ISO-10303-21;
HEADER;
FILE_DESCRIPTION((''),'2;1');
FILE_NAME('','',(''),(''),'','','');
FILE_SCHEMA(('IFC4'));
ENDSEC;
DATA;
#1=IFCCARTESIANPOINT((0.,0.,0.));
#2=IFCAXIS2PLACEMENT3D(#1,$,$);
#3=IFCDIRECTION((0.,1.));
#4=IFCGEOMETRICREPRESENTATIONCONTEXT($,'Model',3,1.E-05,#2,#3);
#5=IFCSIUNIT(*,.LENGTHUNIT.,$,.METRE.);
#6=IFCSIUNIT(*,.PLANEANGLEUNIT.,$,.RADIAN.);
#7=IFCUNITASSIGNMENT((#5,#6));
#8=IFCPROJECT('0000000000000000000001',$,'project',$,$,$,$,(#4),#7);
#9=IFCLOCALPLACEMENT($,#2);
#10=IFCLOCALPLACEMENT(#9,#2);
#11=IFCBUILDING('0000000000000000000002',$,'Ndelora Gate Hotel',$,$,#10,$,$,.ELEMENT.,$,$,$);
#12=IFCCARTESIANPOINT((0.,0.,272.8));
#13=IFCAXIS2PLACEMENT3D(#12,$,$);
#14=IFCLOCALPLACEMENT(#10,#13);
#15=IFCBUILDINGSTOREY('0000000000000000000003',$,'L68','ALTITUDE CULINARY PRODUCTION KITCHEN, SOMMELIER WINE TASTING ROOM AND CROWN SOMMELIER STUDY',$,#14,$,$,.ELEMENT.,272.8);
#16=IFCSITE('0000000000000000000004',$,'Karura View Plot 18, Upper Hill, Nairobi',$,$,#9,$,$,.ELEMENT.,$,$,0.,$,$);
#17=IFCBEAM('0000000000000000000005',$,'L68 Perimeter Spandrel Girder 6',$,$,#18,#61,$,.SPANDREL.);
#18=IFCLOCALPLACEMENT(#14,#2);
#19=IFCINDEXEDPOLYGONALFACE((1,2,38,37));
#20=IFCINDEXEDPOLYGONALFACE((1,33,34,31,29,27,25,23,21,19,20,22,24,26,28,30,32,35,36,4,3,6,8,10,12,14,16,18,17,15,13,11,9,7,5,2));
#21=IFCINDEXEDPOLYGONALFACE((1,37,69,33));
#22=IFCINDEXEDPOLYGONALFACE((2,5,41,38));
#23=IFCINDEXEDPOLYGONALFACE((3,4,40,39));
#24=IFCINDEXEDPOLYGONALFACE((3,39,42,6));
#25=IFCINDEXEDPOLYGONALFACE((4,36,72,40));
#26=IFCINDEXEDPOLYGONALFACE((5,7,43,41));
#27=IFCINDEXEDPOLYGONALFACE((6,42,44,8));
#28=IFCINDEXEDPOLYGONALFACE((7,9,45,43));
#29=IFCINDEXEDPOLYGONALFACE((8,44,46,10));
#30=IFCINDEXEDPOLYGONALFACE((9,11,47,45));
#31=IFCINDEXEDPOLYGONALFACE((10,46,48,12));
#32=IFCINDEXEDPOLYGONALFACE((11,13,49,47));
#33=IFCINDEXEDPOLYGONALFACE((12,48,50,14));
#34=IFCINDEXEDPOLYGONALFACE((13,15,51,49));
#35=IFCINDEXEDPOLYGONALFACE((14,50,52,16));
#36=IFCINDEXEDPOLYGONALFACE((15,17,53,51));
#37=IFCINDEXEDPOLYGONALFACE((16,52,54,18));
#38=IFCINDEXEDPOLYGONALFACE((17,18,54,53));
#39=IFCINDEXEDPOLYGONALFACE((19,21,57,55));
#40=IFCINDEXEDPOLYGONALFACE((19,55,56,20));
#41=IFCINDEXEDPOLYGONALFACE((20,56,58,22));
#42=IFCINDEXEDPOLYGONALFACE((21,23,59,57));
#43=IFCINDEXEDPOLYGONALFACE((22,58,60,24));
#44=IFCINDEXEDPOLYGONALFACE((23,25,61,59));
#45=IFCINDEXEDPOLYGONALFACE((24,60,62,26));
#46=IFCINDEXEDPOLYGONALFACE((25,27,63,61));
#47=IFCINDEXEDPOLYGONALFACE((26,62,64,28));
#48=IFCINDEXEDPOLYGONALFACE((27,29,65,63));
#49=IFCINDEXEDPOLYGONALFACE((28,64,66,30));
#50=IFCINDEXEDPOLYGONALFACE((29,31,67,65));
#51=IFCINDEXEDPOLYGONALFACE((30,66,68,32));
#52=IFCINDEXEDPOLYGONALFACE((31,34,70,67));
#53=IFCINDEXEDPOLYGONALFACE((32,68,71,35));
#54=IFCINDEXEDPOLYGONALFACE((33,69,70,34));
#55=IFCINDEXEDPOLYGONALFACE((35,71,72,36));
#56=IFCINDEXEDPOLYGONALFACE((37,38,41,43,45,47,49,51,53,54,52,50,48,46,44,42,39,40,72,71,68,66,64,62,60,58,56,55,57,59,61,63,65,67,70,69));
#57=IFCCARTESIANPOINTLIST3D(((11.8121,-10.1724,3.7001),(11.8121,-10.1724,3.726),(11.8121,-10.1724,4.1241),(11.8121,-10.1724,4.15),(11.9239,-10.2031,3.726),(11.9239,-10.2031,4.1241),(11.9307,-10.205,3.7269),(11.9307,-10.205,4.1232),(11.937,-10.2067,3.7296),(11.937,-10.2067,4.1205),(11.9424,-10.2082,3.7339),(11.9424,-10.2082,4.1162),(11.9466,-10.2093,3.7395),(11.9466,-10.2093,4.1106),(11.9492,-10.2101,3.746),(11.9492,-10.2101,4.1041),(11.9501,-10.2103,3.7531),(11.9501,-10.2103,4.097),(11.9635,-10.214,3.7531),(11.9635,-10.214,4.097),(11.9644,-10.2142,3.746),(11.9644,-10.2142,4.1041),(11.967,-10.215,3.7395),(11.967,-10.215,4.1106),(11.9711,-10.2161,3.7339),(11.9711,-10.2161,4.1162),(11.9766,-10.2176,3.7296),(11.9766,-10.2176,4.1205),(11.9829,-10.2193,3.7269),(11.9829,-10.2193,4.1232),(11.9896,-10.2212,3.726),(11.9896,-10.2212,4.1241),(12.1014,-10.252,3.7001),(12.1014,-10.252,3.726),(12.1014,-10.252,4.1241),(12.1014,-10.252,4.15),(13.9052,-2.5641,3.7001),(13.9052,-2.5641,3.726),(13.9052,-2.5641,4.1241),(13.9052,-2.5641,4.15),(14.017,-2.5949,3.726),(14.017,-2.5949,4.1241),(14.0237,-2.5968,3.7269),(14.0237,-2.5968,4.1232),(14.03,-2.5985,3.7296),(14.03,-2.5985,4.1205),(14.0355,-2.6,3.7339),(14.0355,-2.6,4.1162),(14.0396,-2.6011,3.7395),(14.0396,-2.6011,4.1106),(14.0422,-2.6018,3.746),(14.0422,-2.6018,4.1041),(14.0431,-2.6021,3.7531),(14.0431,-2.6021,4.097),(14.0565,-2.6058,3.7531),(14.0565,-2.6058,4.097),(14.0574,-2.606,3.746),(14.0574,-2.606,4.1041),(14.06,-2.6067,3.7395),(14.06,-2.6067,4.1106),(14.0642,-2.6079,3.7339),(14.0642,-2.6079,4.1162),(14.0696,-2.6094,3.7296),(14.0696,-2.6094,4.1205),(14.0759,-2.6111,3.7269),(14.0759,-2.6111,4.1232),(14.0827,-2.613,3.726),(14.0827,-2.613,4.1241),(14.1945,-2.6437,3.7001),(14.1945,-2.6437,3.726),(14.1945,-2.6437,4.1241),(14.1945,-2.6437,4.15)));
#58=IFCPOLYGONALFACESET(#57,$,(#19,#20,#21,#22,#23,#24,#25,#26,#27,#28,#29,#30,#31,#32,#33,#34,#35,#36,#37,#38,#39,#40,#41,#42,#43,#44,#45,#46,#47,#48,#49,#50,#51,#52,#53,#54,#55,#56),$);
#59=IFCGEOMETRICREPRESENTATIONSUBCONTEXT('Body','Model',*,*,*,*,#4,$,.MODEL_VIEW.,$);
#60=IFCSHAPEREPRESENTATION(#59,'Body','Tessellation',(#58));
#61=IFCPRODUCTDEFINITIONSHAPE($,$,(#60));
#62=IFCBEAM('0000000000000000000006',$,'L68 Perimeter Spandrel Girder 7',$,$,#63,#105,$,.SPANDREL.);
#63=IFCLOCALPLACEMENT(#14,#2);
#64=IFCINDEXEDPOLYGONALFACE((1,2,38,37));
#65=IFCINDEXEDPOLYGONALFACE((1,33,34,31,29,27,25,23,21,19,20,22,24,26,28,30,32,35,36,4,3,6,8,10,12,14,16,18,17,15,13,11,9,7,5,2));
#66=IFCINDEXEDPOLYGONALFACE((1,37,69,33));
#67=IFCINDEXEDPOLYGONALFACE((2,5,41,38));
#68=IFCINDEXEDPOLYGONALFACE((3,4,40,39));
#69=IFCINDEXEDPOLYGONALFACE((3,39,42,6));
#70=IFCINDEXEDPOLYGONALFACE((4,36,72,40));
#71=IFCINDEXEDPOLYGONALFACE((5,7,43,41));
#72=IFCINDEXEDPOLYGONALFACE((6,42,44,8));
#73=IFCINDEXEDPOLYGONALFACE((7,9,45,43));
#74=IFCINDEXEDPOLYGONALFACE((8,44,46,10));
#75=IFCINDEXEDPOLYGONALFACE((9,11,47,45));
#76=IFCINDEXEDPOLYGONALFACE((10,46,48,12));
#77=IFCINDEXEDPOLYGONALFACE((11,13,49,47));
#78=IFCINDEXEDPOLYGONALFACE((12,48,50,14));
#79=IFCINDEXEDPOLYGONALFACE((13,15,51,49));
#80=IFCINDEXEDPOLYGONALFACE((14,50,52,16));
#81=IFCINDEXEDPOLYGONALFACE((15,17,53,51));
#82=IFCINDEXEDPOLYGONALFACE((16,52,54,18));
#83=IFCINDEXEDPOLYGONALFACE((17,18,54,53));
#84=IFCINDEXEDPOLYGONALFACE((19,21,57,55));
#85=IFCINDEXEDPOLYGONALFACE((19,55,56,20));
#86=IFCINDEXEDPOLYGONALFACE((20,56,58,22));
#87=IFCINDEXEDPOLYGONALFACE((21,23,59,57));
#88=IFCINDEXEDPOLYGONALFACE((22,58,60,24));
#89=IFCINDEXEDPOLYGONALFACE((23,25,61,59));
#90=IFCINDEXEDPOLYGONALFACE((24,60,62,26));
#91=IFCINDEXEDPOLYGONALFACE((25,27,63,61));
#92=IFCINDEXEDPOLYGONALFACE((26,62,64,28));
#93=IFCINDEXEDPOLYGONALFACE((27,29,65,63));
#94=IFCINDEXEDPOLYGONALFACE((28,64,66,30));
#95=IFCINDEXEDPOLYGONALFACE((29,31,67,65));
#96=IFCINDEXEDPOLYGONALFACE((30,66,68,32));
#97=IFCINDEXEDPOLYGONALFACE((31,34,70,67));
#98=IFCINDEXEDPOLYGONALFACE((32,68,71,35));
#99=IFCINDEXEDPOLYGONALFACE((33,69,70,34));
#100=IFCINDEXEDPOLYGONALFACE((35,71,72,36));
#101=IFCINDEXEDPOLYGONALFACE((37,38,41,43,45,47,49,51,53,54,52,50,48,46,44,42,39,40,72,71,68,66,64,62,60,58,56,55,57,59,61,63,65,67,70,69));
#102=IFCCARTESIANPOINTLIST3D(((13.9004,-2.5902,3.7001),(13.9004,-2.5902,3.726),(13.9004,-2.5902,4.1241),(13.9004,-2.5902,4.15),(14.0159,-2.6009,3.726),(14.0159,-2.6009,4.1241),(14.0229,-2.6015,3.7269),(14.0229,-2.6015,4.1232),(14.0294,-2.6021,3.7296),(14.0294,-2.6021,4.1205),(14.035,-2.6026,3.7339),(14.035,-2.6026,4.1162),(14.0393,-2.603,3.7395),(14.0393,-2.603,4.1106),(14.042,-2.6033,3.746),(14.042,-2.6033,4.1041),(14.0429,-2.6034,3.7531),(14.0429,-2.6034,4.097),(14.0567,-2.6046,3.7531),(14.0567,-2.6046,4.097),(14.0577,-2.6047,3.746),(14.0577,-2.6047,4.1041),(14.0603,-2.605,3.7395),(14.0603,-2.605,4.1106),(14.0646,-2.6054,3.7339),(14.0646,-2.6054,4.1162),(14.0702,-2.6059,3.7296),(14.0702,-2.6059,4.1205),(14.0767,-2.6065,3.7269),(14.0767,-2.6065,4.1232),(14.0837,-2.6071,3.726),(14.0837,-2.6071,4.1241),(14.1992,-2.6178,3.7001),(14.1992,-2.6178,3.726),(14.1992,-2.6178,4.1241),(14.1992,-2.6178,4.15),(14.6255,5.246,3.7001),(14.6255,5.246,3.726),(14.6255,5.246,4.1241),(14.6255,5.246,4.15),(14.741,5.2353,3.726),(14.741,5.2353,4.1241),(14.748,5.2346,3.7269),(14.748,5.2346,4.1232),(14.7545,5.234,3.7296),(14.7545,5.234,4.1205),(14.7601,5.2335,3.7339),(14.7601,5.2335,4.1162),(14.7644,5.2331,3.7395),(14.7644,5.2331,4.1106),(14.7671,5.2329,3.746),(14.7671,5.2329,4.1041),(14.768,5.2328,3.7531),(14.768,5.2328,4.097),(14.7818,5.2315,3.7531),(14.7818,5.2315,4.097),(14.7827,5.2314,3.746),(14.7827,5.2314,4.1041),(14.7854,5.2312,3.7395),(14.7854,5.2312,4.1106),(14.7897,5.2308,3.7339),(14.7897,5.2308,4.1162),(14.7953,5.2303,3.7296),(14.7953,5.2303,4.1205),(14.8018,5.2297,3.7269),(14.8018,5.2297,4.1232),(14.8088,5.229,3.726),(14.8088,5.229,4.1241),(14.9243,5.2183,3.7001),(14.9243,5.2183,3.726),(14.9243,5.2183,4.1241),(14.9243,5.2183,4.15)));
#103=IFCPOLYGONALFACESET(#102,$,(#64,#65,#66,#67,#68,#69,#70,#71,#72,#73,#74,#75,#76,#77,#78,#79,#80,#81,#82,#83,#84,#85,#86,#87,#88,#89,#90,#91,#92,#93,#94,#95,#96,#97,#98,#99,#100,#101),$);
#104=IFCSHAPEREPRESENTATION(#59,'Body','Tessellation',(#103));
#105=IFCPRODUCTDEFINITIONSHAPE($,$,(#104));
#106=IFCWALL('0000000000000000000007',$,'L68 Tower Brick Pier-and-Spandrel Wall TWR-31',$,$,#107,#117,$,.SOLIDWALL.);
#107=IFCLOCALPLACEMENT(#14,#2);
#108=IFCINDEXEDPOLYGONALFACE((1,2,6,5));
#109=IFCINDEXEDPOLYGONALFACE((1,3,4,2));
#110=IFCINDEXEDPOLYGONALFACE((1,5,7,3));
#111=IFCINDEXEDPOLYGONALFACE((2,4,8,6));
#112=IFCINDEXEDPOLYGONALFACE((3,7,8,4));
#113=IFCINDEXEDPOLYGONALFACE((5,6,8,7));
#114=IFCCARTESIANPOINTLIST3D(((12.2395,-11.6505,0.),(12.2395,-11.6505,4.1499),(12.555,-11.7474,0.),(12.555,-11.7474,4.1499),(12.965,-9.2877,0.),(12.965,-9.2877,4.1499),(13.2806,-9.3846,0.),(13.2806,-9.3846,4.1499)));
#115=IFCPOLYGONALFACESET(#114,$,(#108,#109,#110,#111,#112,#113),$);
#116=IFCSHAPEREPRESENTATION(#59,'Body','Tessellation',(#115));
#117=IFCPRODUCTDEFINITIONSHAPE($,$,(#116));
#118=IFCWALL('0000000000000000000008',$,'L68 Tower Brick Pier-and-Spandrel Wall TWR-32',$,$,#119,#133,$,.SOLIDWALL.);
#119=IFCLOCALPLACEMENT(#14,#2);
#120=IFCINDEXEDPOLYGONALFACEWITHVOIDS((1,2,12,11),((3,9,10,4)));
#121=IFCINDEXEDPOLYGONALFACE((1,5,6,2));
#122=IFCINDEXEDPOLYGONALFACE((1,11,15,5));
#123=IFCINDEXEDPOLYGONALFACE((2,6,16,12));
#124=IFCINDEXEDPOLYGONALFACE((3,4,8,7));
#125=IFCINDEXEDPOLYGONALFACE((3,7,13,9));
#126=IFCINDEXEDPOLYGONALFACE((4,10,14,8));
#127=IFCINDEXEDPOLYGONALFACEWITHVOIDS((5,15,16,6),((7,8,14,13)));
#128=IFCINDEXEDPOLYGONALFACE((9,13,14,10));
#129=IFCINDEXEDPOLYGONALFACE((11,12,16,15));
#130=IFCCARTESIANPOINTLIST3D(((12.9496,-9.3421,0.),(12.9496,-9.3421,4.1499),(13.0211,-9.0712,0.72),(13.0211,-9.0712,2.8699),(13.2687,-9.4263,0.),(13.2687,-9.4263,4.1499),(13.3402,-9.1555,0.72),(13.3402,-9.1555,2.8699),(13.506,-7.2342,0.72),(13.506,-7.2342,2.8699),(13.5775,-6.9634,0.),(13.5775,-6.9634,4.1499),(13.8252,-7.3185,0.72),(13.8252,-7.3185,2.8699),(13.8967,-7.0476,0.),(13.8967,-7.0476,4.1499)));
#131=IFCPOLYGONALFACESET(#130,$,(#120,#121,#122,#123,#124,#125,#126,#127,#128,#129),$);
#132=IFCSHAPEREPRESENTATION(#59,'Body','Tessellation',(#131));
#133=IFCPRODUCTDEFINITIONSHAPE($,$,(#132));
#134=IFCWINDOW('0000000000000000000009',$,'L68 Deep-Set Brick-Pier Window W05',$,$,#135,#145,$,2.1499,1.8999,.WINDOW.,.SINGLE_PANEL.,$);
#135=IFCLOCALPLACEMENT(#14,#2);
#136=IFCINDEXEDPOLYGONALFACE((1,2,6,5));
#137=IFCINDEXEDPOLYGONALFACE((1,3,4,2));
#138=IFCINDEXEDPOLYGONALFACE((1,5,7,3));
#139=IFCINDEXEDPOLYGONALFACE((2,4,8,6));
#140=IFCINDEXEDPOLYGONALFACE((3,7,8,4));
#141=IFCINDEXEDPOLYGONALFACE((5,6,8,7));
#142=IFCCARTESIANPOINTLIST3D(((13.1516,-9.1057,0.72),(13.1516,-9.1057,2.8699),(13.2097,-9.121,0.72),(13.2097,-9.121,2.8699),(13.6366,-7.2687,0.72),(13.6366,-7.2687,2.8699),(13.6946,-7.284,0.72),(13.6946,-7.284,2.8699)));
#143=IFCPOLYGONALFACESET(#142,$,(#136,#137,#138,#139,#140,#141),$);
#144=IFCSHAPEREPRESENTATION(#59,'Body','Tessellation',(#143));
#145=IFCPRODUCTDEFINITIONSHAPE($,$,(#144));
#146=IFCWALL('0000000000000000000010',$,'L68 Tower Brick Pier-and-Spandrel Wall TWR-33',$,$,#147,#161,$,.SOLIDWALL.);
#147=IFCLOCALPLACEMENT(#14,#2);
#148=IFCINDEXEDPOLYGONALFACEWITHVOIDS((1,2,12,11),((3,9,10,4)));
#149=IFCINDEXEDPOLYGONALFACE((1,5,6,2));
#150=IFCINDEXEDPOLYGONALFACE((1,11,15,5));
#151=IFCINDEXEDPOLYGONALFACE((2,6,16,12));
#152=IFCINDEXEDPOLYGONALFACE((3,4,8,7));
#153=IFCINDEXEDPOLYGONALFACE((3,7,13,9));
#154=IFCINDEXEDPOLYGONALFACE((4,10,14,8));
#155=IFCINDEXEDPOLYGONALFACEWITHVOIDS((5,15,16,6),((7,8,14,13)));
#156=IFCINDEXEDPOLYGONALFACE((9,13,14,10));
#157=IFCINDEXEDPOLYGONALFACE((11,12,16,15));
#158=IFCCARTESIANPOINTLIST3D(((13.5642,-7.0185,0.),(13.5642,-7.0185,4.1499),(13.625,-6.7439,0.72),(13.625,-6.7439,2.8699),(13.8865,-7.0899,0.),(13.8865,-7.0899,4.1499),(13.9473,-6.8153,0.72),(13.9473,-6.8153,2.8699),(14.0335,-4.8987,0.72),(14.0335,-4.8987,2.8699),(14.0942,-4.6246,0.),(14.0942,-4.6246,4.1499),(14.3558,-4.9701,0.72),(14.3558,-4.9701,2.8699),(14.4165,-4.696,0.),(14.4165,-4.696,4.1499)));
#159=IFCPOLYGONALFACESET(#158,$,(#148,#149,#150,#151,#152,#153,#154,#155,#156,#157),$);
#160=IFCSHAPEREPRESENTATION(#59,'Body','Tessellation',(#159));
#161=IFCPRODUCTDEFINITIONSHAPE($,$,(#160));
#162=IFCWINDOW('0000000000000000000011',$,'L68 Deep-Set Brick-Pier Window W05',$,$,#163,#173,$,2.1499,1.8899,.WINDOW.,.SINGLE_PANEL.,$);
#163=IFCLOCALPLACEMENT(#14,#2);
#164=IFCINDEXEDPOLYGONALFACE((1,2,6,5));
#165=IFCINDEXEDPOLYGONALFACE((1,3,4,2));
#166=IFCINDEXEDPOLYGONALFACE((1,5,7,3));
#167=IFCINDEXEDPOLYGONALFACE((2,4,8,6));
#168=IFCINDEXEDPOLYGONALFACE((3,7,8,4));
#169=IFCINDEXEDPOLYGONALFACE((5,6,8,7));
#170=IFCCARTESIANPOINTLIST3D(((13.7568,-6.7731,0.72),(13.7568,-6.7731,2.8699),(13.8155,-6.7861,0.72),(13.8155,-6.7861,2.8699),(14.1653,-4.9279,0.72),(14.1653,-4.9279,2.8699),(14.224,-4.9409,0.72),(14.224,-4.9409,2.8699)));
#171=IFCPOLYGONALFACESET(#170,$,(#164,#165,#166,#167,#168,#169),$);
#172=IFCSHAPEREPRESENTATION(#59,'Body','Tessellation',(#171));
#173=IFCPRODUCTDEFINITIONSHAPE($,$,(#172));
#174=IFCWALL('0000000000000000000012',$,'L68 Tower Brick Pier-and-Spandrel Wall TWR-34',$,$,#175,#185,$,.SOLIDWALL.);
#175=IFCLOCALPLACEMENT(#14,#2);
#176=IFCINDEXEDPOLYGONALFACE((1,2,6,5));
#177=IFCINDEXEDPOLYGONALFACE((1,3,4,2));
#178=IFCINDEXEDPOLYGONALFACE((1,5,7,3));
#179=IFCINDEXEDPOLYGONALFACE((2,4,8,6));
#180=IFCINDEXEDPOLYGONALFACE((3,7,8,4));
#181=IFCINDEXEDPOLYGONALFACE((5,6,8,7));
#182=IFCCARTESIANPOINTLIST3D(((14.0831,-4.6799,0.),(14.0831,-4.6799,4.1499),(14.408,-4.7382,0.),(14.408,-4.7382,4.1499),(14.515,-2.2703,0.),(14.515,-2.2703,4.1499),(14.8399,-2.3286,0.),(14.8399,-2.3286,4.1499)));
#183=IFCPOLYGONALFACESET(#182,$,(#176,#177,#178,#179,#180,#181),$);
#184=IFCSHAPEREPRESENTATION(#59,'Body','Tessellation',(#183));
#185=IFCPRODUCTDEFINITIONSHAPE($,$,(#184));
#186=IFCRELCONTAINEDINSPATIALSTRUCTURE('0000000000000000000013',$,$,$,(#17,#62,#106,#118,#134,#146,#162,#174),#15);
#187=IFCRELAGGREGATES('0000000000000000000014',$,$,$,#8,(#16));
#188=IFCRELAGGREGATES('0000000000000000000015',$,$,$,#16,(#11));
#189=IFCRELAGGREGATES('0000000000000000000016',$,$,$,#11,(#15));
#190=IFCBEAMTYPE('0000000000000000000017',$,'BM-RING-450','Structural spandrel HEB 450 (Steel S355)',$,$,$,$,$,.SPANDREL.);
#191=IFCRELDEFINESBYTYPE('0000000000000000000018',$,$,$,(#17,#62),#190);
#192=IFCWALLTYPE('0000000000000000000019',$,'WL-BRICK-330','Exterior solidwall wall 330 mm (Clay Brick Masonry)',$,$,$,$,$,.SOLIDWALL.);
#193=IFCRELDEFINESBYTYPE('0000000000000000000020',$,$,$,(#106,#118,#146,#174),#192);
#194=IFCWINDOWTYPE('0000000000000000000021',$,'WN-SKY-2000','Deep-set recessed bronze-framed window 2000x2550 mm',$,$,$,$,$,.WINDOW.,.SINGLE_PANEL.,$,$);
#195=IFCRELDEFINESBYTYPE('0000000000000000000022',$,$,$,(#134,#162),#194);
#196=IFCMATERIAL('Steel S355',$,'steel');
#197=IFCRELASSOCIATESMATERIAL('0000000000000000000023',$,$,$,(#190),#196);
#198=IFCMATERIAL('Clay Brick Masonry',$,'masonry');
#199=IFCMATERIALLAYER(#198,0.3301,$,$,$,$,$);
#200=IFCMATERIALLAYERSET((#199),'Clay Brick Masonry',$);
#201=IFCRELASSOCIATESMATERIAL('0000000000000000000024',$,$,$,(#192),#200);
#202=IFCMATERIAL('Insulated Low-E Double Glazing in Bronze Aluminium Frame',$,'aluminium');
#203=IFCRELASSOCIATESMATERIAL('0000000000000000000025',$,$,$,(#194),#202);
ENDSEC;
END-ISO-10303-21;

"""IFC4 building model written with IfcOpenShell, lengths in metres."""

from ifc_helpers import new_model, si_unit, direction, frame, frame_2d, origin, origin_2d, place, context, subcontext, project, spatial, rectangle, i_section, extrude, material, layer, layer_set, material_profile, profile_set, type_object, element, fill, save


model = new_model("IFC4")

# Units and contexts
model_context = context("Model", 3, precision=1e-05, world=origin(), true_north=direction((0.0, 1.0)))
body_context = subcontext(model_context, "Body", "Model", "MODEL_VIEW")
ifc_project = project(units=[si_unit("LENGTHUNIT", "METRE"), si_unit("PLANEANGLEUNIT", "RADIAN")], contexts=[model_context])

# Site, building, storey
site_placement = place(None, origin())
site = spatial("IfcSite", under=ifc_project, at=site_placement, Name="Karura View Plot 18, Upper Hill, Nairobi", CompositionType="ELEMENT", RefElevation=0.0)
building_placement = place(site_placement, origin())
building = spatial("IfcBuilding", under=site, at=building_placement, Name="Ndelora Gate Hotel", CompositionType="ELEMENT")
storey_placement = place(building_placement, frame((0.0, 0.0, 272.8)))
storey = spatial("IfcBuildingStorey", under=building, at=storey_placement, Name="L68", Description="ALTITUDE CULINARY PRODUCTION KITCHEN, SOMMELIER WINE TASTING ROOM AND CROWN SOMMELIER STUDY", CompositionType="ELEMENT", Elevation=272.8)

# Beams
ifc_material_1 = material(Name="Steel S355", Category="steel")
ifc_material_profile_1 = material_profile(ifc_material_1, i_section(OverallWidth=0.3, OverallDepth=0.45, WebThickness=0.0139, FlangeThickness=0.0259, FilletRadius=0.0271, at=origin_2d()), Name="HEB 450")
ifc_profile_set_1 = profile_set([ifc_material_profile_1], Name="Steel S355")
beam_type_1 = type_object("IfcBeamType", Name="BM-RING-450", Description="Structural spandrel HEB 450 (Steel S355)", PredefinedType="SPANDREL", material=ifc_profile_set_1)
beam_1_placement = place(storey_placement, frame((11.9568, -10.2122, 3.925), z_axis=(0.265248, 0.96418, 0.0), x_axis=(-0.96418, 0.265248, 0.0)))
element("IfcBeam", 1, at=beam_1_placement, inside=storey, type_object=beam_type_1, Name="L68 Perimeter Spandrel Girder 6", PredefinedType="SPANDREL", context=body_context, shape_type="SweptSolid", body=[
    extrude(i_section(OverallWidth=0.3, OverallDepth=0.45, WebThickness=0.0139, FlangeThickness=0.0259, FilletRadius=0.0271, at=origin_2d()), origin(), (0.0, 0.0, 1.0), 7.8909),
])
beam_2_placement = place(storey_placement, frame((14.0498, -2.604, 3.925), z_axis=(0.092138, 0.995746, 0.0), x_axis=(-0.995746, 0.092138, 0.0)))
element("IfcBeam", 2, at=beam_2_placement, inside=storey, type_object=beam_type_1, Name="L68 Perimeter Spandrel Girder 7", PredefinedType="SPANDREL", context=body_context, shape_type="SweptSolid", body=[
    extrude(i_section(OverallWidth=0.3, OverallDepth=0.45, WebThickness=0.0139, FlangeThickness=0.0259, FilletRadius=0.0271, at=origin_2d()), origin(), (0.0, 0.0, 1.0), 7.8696),
])

# Wall
ifc_material_2 = material(Name="Clay Brick Masonry", Category="masonry")
ifc_layer_1 = layer(ifc_material_2, 0.3301)
ifc_layer_set_1 = layer_set([ifc_layer_1], Name="Clay Brick Masonry")
wall_type_1 = type_object("IfcWallType", Name="WL-BRICK-330", Description="Exterior solidwall wall 330 mm (Clay Brick Masonry)", PredefinedType="SOLIDWALL", material=ifc_layer_set_1)
wall_1_placement = place(storey_placement, frame((13.1228, -9.3362, 0.0), z_axis=(0.0, 0.0, 1.0), x_axis=(-0.293558, -0.955941, 0.0)))
element("IfcWall", 3, at=wall_1_placement, inside=storey, type_object=wall_type_1, Name="L68 Tower Brick Pier-and-Spandrel Wall TWR-31", PredefinedType="SOLIDWALL", context=body_context, shape_type="SweptSolid", body=[
    extrude(rectangle(XDim=2.4717, YDim=0.3301, at=frame_2d((1.2358, 0.0))), origin(), (0.0, 0.0, 1.0), 4.1499),
])

# Walls, openings, windows
wall_2_placement = place(storey_placement, frame((13.7371, -7.0056, 0.0), z_axis=(0.0, 0.0, 1.0), x_axis=(-0.255241, -0.966878, 0.0)))
wall_2 = element("IfcWall", 4, at=wall_2_placement, inside=storey, type_object=wall_type_1, Name="L68 Tower Brick Pier-and-Spandrel Wall TWR-32", PredefinedType="SOLIDWALL", context=body_context, shape_type="SweptSolid", body=[
    extrude(rectangle(XDim=2.4602, YDim=0.3301, at=frame_2d((1.23, 0.0))), origin(), (0.0, 0.0, 1.0), 4.1499),
])
opening_1_placement = place(wall_2_placement, frame((0.28, 0.0, 0.72)))
opening_1 = element("IfcOpeningElement", 5, at=opening_1_placement, cuts=wall_2, PredefinedType="OPENING", context=body_context, shape_type="SweptSolid", body=[
    extrude(rectangle(XDim=1.8999, YDim=2.1499, at=frame_2d((0.95, 1.075))), frame((0.0, 0.175, 0.0), z_axis=(0.0, -1.0, 0.0), x_axis=(1.0, 0.0, 0.0)), (0.0, 0.0, 1.0), 0.3501),
])
ifc_material_3 = material(Name="Insulated Low-E Double Glazing in Bronze Aluminium Frame", Category="aluminium")
window_type = type_object("IfcWindowType", Name="WN-SKY-2000", Description="Deep-set recessed bronze-framed window 2000x2550 mm", PartitioningType="SINGLE_PANEL", PredefinedType="WINDOW", material=ifc_material_3)
window_1_placement = place(opening_1_placement, origin())
window_1 = element("IfcWindow", 6, at=window_1_placement, inside=storey, type_object=window_type, Name="L68 Deep-Set Brick-Pier Window W05", OverallHeight=2.1499, OverallWidth=1.8999, PartitioningType="SINGLE_PANEL", PredefinedType="WINDOW", context=body_context, shape_type="SweptSolid", body=[
    extrude(rectangle(XDim=1.8999, YDim=2.1499, at=frame_2d((0.95, 1.075))), frame((0.0, 0.03, 0.0), z_axis=(0.0, -1.0, 0.0), x_axis=(1.0, 0.0, 0.0)), (0.0, 0.0, 1.0), 0.0601),
])
fill(opening_1, window_1)
wall_3_placement = place(storey_placement, frame((14.2554, -4.6602, 0.0), z_axis=(0.0, 0.0, 1.0), x_axis=(-0.216161, -0.976358, 0.0)))
wall_3 = element("IfcWall", 7, at=wall_3_placement, inside=storey, type_object=wall_type_1, Name="L68 Tower Brick Pier-and-Spandrel Wall TWR-33", PredefinedType="SOLIDWALL", context=body_context, shape_type="SweptSolid", body=[
    extrude(rectangle(XDim=2.4519, YDim=0.3301, at=frame_2d((1.2261, 0.0))), origin(), (0.0, 0.0, 1.0), 4.1499),
])
opening_2_placement = place(wall_3_placement, frame((0.281, 0.0, 0.72)))
opening_2 = element("IfcOpeningElement", 8, at=opening_2_placement, cuts=wall_3, PredefinedType="OPENING", context=body_context, shape_type="SweptSolid", body=[
    extrude(rectangle(XDim=1.8899, YDim=2.1499, at=frame_2d((0.9448, 1.075))), frame((0.0, 0.175, 0.0), z_axis=(0.0, -1.0, 0.0), x_axis=(1.0, 0.0, 0.0)), (0.0, 0.0, 1.0), 0.3501),
])
window_2_placement = place(opening_2_placement, origin())
window_2 = element("IfcWindow", 9, at=window_2_placement, inside=storey, type_object=window_type, Name="L68 Deep-Set Brick-Pier Window W05", OverallHeight=2.1499, OverallWidth=1.8899, PartitioningType="SINGLE_PANEL", PredefinedType="WINDOW", context=body_context, shape_type="SweptSolid", body=[
    extrude(rectangle(XDim=1.8899, YDim=2.1499, at=frame_2d((0.9448, 1.075))), frame((0.0, 0.03, 0.0), z_axis=(0.0, -1.0, 0.0), x_axis=(1.0, 0.0, 0.0)), (0.0, 0.0, 1.0), 0.0601),
])
fill(opening_2, window_2)

# Wall
wall_4_placement = place(storey_placement, frame((14.6775, -2.2993, 0.0), z_axis=(0.0, 0.0, 1.0), x_axis=(-0.176419, -0.984315, 0.0)))
element("IfcWall", 10, at=wall_4_placement, inside=storey, type_object=wall_type_1, Name="L68 Tower Brick Pier-and-Spandrel Wall TWR-34", PredefinedType="SOLIDWALL", context=body_context, shape_type="SweptSolid", body=[
    extrude(rectangle(XDim=2.448, YDim=0.3301, at=frame_2d((1.2241, 0.0))), origin(), (0.0, 0.0, 1.0), 4.1499),
])

save(model, "model.ifc")
